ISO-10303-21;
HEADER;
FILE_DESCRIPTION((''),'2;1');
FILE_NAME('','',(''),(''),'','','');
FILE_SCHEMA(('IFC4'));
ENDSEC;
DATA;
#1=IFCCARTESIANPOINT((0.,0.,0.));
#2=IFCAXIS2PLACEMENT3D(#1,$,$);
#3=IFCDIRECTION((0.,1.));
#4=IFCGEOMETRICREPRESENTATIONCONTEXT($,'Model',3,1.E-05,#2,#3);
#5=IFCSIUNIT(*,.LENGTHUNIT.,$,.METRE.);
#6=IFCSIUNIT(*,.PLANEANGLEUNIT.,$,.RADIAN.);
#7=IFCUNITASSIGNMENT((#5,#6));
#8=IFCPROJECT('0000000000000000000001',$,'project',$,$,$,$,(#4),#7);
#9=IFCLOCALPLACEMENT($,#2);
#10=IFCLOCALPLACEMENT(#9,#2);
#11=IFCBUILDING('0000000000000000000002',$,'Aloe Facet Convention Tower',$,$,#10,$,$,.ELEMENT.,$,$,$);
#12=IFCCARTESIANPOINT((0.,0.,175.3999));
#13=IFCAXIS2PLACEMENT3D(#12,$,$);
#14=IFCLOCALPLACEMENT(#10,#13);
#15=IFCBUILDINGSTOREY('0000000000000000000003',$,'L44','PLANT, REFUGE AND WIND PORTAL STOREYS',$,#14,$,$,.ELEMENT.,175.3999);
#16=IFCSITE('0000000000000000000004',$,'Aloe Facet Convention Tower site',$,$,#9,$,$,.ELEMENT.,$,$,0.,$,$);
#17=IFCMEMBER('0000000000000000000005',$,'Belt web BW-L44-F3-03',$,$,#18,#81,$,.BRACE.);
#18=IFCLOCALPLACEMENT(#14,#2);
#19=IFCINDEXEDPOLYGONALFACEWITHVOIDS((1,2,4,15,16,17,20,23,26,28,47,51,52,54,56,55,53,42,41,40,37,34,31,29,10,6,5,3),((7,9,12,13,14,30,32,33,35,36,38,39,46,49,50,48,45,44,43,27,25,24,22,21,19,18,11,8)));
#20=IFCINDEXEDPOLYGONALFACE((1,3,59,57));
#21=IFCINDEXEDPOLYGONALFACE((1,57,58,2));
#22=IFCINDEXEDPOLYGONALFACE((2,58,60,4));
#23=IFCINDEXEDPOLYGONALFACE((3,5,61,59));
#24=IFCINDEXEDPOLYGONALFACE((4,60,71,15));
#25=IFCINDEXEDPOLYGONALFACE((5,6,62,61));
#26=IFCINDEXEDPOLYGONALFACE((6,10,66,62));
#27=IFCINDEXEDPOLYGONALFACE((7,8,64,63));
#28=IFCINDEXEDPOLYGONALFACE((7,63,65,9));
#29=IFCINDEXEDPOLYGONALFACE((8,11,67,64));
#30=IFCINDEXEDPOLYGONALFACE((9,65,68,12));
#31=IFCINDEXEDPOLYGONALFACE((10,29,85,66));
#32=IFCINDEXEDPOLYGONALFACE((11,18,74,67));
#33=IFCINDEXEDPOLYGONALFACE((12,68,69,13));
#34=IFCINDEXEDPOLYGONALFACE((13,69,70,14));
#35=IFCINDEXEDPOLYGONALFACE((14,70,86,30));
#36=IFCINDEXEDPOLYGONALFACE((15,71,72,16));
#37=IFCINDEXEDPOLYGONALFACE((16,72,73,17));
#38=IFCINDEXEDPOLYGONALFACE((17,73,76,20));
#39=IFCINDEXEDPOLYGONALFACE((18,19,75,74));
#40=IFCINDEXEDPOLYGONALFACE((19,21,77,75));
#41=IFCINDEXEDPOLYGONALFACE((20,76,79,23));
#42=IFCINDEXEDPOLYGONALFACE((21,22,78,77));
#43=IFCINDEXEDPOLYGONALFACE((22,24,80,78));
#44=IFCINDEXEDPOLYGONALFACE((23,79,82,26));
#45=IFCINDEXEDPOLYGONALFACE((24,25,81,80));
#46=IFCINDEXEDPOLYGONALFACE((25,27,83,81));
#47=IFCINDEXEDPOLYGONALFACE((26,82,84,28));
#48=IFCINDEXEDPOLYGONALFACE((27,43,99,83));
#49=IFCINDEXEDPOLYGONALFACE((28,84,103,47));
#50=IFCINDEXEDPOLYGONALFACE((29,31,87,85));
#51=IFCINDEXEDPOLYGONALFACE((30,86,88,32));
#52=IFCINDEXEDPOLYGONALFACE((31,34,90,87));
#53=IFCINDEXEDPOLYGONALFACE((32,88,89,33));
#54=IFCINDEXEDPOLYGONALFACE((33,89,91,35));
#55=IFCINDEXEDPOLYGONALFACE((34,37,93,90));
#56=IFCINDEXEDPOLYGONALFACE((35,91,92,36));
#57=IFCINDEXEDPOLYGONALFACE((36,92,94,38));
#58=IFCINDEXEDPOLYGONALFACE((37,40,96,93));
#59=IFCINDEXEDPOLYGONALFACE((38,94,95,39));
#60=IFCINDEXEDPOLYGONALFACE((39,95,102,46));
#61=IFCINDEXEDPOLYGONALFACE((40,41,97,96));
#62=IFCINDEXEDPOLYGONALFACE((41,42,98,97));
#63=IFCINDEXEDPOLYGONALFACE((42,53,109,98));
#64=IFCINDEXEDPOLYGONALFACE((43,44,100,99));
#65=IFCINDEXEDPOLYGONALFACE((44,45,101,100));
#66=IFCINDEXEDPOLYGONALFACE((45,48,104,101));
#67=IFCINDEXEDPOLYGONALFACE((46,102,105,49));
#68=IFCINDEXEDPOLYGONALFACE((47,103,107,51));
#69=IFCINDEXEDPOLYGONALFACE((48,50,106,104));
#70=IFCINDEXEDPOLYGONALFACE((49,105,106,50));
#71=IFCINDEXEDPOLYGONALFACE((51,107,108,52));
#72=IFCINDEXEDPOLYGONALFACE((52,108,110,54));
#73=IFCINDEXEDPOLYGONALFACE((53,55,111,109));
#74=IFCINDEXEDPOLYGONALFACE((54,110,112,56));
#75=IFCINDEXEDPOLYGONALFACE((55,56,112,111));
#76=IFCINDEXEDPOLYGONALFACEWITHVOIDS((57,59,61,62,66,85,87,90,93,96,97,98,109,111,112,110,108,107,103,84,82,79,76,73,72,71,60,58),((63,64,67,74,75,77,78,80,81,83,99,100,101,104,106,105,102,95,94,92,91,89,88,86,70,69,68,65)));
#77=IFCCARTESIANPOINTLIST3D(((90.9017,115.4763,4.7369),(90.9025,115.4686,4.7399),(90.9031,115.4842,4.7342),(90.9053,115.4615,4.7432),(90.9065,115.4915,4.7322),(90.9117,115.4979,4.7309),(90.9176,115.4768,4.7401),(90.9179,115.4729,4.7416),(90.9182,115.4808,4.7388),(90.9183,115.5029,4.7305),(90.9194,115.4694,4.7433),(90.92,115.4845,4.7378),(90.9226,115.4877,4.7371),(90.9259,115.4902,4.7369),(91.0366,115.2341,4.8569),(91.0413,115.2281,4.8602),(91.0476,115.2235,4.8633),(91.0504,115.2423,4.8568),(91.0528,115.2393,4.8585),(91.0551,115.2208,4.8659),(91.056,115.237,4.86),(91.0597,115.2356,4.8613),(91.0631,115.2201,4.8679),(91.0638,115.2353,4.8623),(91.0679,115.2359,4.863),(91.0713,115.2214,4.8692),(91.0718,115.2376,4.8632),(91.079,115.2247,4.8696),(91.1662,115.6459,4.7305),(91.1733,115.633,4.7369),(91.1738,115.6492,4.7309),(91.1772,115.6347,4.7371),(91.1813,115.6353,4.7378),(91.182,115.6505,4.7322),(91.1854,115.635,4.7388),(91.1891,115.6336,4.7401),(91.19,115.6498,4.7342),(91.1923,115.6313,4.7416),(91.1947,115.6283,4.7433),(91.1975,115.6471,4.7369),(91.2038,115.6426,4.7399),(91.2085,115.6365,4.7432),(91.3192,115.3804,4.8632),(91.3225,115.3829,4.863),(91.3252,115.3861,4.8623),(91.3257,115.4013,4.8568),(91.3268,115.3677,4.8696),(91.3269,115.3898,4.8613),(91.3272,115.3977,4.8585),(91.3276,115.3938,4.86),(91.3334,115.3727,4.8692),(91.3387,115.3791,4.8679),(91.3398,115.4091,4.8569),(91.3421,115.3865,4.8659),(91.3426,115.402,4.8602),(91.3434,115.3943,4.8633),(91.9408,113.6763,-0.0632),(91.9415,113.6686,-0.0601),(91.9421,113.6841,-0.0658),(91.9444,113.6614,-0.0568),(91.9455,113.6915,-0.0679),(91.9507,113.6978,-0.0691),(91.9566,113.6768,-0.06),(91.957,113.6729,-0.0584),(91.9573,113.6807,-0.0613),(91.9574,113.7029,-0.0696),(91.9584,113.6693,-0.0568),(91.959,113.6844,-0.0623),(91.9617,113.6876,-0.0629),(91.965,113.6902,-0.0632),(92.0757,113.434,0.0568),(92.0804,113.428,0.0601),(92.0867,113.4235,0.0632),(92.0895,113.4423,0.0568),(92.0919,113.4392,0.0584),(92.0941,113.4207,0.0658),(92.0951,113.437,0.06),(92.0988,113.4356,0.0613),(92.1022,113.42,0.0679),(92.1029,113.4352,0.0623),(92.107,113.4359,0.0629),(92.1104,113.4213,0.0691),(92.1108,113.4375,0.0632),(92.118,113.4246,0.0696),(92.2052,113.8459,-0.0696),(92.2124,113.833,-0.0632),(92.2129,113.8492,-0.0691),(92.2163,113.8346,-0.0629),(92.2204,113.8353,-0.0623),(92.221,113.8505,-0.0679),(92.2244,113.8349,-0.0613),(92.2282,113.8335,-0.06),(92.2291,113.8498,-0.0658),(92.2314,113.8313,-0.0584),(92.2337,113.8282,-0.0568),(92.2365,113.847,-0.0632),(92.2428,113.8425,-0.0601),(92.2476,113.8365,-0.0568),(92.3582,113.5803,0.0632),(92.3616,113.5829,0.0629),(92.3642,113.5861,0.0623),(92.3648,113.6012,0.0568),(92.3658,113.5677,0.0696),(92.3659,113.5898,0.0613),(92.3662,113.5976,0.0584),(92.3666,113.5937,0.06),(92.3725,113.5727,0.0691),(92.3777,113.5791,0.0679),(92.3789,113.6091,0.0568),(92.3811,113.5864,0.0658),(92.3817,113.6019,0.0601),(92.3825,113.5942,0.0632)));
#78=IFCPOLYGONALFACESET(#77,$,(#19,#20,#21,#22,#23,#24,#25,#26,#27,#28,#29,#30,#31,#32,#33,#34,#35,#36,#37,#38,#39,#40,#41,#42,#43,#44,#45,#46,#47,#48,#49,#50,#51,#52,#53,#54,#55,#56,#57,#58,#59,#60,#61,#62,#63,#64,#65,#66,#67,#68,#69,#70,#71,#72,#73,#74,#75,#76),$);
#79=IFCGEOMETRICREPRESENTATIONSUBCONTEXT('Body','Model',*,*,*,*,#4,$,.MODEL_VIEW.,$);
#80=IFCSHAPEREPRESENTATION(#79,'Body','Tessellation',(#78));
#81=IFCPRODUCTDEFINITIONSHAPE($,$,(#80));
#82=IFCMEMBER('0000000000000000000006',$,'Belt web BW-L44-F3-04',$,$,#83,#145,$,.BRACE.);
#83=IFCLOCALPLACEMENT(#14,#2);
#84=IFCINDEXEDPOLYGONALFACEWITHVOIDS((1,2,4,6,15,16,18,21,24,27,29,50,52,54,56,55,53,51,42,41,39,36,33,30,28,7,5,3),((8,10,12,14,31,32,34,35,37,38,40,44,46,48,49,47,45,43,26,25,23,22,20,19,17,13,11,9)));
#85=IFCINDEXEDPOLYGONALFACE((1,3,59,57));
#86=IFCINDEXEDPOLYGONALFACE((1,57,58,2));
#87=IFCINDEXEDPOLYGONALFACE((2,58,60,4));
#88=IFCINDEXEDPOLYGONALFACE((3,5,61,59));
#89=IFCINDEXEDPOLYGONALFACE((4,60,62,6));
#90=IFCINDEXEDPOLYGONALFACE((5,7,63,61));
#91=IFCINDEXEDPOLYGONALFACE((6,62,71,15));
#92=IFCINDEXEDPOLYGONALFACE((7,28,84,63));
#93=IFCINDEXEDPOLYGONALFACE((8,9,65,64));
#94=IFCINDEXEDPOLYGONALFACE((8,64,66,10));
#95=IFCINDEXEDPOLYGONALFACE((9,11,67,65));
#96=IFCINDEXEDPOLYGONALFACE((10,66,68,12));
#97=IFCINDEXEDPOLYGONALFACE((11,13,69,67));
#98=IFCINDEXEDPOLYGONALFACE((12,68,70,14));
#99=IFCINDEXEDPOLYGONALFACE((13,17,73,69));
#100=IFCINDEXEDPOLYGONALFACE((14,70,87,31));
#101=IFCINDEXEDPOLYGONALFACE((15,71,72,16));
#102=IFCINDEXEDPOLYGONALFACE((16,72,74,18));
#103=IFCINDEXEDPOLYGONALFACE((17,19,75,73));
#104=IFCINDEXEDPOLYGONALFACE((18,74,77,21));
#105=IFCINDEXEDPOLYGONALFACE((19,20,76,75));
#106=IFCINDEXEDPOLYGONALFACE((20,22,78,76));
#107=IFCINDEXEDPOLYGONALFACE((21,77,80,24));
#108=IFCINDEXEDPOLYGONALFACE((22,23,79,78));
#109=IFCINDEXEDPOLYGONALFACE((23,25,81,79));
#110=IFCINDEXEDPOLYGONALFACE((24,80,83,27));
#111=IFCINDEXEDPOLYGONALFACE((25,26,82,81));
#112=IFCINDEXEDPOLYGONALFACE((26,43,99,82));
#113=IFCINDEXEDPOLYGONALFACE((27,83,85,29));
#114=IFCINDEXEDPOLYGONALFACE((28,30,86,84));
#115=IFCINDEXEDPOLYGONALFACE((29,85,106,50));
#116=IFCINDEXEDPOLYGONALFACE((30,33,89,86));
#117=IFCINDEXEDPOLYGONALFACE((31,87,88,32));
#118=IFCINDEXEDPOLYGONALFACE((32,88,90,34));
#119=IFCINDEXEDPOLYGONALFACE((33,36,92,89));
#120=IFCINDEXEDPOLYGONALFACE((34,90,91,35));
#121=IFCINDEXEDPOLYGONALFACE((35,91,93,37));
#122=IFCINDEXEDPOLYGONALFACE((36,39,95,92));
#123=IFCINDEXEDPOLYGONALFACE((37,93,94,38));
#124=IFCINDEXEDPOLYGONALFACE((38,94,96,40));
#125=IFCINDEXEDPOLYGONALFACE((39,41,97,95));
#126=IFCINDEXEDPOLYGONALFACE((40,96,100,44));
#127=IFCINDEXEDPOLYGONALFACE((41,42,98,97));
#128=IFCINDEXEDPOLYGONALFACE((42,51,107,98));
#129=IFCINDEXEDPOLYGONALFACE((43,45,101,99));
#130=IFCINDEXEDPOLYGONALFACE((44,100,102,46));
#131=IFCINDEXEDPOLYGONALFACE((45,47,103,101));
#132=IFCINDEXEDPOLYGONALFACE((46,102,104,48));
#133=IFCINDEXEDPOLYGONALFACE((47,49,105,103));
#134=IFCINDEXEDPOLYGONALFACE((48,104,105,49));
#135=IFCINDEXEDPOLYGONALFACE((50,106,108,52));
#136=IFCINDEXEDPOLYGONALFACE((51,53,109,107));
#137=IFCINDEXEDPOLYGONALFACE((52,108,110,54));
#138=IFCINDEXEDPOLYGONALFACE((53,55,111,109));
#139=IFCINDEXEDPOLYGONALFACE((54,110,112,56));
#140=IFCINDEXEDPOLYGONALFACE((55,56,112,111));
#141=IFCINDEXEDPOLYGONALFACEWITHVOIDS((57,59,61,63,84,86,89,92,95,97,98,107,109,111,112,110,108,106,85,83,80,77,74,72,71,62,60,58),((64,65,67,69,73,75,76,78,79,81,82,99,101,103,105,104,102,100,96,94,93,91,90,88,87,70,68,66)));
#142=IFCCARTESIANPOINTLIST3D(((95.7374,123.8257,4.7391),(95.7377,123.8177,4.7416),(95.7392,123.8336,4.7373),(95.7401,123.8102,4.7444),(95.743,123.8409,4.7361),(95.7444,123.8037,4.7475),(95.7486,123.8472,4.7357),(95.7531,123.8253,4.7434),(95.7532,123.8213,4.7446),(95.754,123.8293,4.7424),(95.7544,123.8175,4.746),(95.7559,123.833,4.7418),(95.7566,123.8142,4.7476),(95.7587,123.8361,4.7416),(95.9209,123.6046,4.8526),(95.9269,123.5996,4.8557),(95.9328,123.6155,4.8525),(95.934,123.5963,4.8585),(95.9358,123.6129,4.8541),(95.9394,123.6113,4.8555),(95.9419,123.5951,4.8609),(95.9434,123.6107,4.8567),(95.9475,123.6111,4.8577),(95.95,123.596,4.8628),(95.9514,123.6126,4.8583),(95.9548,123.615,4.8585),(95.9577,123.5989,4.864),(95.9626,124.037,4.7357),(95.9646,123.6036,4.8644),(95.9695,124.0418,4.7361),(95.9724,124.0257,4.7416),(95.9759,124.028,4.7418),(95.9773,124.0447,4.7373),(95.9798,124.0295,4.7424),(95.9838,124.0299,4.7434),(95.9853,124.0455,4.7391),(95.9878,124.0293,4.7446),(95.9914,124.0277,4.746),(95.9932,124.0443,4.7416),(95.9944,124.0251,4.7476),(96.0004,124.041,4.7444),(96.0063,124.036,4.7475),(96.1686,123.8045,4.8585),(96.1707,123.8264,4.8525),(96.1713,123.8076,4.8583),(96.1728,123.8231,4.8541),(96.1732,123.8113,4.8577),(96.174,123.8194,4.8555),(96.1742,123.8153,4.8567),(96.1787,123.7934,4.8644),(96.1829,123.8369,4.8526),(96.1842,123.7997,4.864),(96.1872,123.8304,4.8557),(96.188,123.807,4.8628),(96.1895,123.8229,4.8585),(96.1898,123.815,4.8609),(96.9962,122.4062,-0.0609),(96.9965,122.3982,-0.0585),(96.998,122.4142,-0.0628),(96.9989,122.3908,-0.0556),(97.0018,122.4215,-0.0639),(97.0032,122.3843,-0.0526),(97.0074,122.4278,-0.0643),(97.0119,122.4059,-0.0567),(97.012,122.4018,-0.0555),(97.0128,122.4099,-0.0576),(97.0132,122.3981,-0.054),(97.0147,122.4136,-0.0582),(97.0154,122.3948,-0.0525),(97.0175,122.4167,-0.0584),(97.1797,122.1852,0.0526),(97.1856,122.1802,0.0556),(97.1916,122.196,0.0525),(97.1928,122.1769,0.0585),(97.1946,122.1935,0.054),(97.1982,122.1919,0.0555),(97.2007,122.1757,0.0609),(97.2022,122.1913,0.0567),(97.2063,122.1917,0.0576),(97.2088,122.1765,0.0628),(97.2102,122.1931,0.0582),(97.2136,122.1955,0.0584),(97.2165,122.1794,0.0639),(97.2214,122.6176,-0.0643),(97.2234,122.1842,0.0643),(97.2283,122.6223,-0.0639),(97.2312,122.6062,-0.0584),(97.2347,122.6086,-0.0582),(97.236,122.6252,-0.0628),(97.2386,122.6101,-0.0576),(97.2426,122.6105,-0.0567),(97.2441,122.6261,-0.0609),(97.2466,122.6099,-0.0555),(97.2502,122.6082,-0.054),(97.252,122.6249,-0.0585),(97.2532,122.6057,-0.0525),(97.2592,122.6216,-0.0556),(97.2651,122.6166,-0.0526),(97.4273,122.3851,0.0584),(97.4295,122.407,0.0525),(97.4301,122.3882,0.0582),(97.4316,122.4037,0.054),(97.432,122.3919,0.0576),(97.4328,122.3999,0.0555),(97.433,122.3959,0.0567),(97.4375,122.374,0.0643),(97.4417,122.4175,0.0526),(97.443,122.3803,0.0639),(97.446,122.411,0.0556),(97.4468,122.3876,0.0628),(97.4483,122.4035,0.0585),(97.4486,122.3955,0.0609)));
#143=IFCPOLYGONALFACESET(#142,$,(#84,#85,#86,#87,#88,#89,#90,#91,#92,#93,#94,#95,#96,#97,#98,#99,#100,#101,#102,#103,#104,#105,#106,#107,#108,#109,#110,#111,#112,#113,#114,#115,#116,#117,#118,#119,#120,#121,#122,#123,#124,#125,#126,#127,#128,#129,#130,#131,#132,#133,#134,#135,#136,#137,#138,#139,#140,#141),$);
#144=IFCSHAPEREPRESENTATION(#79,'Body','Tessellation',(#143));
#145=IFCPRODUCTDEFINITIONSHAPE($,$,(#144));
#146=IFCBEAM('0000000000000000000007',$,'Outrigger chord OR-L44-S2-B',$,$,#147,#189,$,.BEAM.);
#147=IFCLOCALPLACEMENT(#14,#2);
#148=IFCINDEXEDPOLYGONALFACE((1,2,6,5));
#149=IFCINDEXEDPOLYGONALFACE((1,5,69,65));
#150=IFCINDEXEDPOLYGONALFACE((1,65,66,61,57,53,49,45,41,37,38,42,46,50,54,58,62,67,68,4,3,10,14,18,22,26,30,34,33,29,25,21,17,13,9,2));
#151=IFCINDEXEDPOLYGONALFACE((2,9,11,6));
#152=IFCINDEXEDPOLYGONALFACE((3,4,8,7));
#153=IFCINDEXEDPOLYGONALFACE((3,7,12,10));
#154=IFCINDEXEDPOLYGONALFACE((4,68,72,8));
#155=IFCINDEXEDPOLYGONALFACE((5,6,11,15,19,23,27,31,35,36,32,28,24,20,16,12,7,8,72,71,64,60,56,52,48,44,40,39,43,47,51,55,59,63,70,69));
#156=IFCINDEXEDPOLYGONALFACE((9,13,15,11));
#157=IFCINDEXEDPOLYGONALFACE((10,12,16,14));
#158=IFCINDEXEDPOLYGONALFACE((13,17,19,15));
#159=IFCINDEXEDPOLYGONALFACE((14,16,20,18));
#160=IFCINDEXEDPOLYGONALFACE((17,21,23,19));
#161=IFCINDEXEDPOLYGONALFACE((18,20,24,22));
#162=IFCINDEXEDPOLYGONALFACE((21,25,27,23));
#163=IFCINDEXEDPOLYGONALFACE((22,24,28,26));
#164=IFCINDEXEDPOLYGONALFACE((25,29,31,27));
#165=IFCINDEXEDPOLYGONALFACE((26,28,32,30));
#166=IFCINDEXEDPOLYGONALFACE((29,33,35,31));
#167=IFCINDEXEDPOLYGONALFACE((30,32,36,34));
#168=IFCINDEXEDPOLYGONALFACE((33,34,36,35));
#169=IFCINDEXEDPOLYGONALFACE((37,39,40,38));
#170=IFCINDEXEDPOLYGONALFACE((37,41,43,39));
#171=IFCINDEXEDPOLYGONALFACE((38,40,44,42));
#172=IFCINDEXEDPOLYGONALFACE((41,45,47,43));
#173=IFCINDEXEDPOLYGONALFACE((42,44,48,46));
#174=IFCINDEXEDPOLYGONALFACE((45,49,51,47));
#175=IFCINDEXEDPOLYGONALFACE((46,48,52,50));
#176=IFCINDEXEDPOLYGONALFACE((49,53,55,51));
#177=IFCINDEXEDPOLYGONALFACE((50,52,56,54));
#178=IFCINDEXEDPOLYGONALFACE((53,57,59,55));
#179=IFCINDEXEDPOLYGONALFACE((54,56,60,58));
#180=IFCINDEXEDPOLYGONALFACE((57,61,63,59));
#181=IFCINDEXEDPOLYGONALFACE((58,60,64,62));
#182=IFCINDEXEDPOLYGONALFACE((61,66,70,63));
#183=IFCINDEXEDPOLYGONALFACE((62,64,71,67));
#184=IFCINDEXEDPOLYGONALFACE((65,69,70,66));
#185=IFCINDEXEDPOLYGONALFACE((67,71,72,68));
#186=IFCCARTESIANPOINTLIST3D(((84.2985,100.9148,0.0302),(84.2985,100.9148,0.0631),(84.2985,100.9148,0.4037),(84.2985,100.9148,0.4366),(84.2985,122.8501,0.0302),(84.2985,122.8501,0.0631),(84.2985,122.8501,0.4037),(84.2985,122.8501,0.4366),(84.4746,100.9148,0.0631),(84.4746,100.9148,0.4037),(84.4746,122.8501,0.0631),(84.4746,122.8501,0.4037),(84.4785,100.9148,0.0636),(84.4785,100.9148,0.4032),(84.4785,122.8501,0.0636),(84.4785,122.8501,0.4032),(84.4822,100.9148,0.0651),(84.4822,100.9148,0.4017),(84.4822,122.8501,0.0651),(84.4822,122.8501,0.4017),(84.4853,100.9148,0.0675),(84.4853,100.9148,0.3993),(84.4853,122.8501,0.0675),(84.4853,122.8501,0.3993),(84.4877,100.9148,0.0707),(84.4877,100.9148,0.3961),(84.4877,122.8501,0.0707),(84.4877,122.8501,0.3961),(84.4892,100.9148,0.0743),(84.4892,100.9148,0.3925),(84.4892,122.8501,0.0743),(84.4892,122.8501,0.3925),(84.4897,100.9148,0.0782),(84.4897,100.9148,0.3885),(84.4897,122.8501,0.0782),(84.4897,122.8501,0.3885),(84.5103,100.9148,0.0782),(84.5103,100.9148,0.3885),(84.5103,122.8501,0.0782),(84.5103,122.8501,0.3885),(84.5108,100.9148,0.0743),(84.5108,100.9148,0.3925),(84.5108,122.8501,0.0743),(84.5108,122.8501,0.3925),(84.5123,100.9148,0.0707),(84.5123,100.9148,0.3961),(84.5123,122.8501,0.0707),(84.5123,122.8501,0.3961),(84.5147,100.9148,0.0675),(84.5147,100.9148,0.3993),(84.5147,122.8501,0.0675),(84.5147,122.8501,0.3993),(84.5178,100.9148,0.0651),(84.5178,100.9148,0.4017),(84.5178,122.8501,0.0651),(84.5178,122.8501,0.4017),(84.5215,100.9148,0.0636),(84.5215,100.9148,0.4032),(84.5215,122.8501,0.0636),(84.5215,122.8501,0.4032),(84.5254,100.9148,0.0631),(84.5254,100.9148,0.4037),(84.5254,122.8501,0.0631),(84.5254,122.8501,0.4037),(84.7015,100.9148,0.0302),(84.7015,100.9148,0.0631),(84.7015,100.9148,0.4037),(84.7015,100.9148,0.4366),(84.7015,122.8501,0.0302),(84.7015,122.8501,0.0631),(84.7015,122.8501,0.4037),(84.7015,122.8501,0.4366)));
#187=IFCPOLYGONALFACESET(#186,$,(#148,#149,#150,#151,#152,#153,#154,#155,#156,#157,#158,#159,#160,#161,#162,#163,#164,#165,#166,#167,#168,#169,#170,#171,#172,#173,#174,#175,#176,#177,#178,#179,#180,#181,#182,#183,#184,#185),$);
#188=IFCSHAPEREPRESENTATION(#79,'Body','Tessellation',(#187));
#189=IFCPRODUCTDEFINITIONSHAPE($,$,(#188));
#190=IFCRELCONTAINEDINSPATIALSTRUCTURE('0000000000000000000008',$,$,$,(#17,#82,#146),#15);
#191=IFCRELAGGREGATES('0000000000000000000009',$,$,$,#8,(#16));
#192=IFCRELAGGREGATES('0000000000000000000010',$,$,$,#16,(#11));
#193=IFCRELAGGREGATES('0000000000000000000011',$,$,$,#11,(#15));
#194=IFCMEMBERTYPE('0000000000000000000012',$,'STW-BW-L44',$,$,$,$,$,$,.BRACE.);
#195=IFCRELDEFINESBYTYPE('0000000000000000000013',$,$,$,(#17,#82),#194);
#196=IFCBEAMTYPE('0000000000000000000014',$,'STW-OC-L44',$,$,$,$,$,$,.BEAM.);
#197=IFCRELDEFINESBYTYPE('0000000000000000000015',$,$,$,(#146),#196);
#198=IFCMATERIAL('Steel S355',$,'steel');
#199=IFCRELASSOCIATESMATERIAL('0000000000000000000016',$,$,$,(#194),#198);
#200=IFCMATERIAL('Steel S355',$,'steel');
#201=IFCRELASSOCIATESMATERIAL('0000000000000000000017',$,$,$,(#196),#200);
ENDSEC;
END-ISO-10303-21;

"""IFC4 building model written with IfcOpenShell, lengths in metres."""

from ifc_helpers import new_model, si_unit, direction, frame, origin, origin_2d, place, context, subcontext, project, spatial, hollow_rectangle, i_section, extrude, material, material_profile, profile_set, type_object, element, save


model = new_model("IFC4")

# Units and contexts
model_context = context("Model", 3, precision=1e-05, world=origin(), true_north=direction((0.0, 1.0)))
body_context = subcontext(model_context, "Body", "Model", "MODEL_VIEW")
ifc_project = project(units=[si_unit("LENGTHUNIT", "METRE"), si_unit("PLANEANGLEUNIT", "RADIAN")], contexts=[model_context])

# Site, building, storey
site_placement = place(None, origin())
site = spatial("IfcSite", under=ifc_project, at=site_placement, Name="Aloe Facet Convention Tower site", CompositionType="ELEMENT", RefElevation=0.0)
building_placement = place(site_placement, origin())
building = spatial("IfcBuilding", under=site, at=building_placement, Name="Aloe Facet Convention Tower", CompositionType="ELEMENT")
storey_placement = place(building_placement, frame((0.0, 0.0, 175.3999)))
storey = spatial("IfcBuildingStorey", under=building, at=storey_placement, Name="L44", Description="PLANT, REFUGE AND WIND PORTAL STOREYS", CompositionType="ELEMENT", Elevation=175.3999)

# Members
ifc_material_1 = material(Name="Steel S355", Category="steel")
ifc_material_profile_1 = material_profile(ifc_material_1, hollow_rectangle(XDim=0.3501, YDim=0.3501, WallThickness=0.0161, InnerFilletRadius=0.0161, OuterFilletRadius=0.032, at=origin_2d()), Name="SHS 350x350x16")
ifc_profile_set_1 = profile_set([ifc_material_profile_1], Name="Steel S355")
member_type_1 = type_object("IfcMemberType", Name="STW-BW-L44", PredefinedType="BRACE", material=ifc_profile_set_1)
member_1_placement = place(storey_placement, frame((92.1616, 113.6353, 0.0), z_axis=(-0.198647, 0.344131, 0.917667), x_axis=(-0.866066, -0.499929, 0.0)))
element("IfcMember", 1, at=member_1_placement, inside=storey, type_object=member_type_1, Name="Belt web BW-L44-F3-03", PredefinedType="BRACE", context=body_context, shape_type="SweptSolid", body=[
    extrude(hollow_rectangle(XDim=0.3501, YDim=0.3501, WallThickness=0.0161, InnerFilletRadius=0.0161, OuterFilletRadius=0.032, at=origin_2d()), origin(), (0.0, 0.0, 1.0), 5.2307),
])
member_2_placement = place(storey_placement, frame((97.2224, 122.4009, 0.0), z_axis=(-0.243886, 0.275011, 0.929994), x_axis=(-0.748176, -0.663501, 0.0)))
element("IfcMember", 2, at=member_2_placement, inside=storey, type_object=member_type_1, Name="Belt web BW-L44-F3-04", PredefinedType="BRACE", context=body_context, shape_type="SweptSolid", body=[
    extrude(hollow_rectangle(XDim=0.3501, YDim=0.3501, WallThickness=0.0161, InnerFilletRadius=0.0161, OuterFilletRadius=0.032, at=origin_2d()), origin(), (0.0, 0.0, 1.0), 5.1614),
])

# Beam
ifc_material_2 = material(Name="Steel S355", Category="steel")
ifc_material_profile_2 = material_profile(ifc_material_2, i_section(OverallWidth=0.4031, OverallDepth=0.4065, WebThickness=0.0205, FlangeThickness=0.033, FilletRadius=0.0151, at=origin_2d()), Name="UC 356x406x340")
ifc_profile_set_2 = profile_set([ifc_material_profile_2], Name="Steel S355")
beam_type_1 = type_object("IfcBeamType", Name="STW-OC-L44", PredefinedType="BEAM", material=ifc_profile_set_2)
beam_1_placement = place(storey_placement, frame((84.5, 122.8501, 0.2334), z_axis=(0.0, -1.0, 0.0), x_axis=(1.0, 0.0, 0.0)))
element("IfcBeam", 3, at=beam_1_placement, inside=storey, type_object=beam_type_1, Name="Outrigger chord OR-L44-S2-B", PredefinedType="BEAM", context=body_context, shape_type="SweptSolid", body=[
    extrude(i_section(OverallWidth=0.4031, OverallDepth=0.4065, WebThickness=0.0205, FlangeThickness=0.033, FilletRadius=0.0151, at=origin_2d()), origin(), (0.0, 0.0, 1.0), 21.9353),
])

save(model, "model.ifc")
